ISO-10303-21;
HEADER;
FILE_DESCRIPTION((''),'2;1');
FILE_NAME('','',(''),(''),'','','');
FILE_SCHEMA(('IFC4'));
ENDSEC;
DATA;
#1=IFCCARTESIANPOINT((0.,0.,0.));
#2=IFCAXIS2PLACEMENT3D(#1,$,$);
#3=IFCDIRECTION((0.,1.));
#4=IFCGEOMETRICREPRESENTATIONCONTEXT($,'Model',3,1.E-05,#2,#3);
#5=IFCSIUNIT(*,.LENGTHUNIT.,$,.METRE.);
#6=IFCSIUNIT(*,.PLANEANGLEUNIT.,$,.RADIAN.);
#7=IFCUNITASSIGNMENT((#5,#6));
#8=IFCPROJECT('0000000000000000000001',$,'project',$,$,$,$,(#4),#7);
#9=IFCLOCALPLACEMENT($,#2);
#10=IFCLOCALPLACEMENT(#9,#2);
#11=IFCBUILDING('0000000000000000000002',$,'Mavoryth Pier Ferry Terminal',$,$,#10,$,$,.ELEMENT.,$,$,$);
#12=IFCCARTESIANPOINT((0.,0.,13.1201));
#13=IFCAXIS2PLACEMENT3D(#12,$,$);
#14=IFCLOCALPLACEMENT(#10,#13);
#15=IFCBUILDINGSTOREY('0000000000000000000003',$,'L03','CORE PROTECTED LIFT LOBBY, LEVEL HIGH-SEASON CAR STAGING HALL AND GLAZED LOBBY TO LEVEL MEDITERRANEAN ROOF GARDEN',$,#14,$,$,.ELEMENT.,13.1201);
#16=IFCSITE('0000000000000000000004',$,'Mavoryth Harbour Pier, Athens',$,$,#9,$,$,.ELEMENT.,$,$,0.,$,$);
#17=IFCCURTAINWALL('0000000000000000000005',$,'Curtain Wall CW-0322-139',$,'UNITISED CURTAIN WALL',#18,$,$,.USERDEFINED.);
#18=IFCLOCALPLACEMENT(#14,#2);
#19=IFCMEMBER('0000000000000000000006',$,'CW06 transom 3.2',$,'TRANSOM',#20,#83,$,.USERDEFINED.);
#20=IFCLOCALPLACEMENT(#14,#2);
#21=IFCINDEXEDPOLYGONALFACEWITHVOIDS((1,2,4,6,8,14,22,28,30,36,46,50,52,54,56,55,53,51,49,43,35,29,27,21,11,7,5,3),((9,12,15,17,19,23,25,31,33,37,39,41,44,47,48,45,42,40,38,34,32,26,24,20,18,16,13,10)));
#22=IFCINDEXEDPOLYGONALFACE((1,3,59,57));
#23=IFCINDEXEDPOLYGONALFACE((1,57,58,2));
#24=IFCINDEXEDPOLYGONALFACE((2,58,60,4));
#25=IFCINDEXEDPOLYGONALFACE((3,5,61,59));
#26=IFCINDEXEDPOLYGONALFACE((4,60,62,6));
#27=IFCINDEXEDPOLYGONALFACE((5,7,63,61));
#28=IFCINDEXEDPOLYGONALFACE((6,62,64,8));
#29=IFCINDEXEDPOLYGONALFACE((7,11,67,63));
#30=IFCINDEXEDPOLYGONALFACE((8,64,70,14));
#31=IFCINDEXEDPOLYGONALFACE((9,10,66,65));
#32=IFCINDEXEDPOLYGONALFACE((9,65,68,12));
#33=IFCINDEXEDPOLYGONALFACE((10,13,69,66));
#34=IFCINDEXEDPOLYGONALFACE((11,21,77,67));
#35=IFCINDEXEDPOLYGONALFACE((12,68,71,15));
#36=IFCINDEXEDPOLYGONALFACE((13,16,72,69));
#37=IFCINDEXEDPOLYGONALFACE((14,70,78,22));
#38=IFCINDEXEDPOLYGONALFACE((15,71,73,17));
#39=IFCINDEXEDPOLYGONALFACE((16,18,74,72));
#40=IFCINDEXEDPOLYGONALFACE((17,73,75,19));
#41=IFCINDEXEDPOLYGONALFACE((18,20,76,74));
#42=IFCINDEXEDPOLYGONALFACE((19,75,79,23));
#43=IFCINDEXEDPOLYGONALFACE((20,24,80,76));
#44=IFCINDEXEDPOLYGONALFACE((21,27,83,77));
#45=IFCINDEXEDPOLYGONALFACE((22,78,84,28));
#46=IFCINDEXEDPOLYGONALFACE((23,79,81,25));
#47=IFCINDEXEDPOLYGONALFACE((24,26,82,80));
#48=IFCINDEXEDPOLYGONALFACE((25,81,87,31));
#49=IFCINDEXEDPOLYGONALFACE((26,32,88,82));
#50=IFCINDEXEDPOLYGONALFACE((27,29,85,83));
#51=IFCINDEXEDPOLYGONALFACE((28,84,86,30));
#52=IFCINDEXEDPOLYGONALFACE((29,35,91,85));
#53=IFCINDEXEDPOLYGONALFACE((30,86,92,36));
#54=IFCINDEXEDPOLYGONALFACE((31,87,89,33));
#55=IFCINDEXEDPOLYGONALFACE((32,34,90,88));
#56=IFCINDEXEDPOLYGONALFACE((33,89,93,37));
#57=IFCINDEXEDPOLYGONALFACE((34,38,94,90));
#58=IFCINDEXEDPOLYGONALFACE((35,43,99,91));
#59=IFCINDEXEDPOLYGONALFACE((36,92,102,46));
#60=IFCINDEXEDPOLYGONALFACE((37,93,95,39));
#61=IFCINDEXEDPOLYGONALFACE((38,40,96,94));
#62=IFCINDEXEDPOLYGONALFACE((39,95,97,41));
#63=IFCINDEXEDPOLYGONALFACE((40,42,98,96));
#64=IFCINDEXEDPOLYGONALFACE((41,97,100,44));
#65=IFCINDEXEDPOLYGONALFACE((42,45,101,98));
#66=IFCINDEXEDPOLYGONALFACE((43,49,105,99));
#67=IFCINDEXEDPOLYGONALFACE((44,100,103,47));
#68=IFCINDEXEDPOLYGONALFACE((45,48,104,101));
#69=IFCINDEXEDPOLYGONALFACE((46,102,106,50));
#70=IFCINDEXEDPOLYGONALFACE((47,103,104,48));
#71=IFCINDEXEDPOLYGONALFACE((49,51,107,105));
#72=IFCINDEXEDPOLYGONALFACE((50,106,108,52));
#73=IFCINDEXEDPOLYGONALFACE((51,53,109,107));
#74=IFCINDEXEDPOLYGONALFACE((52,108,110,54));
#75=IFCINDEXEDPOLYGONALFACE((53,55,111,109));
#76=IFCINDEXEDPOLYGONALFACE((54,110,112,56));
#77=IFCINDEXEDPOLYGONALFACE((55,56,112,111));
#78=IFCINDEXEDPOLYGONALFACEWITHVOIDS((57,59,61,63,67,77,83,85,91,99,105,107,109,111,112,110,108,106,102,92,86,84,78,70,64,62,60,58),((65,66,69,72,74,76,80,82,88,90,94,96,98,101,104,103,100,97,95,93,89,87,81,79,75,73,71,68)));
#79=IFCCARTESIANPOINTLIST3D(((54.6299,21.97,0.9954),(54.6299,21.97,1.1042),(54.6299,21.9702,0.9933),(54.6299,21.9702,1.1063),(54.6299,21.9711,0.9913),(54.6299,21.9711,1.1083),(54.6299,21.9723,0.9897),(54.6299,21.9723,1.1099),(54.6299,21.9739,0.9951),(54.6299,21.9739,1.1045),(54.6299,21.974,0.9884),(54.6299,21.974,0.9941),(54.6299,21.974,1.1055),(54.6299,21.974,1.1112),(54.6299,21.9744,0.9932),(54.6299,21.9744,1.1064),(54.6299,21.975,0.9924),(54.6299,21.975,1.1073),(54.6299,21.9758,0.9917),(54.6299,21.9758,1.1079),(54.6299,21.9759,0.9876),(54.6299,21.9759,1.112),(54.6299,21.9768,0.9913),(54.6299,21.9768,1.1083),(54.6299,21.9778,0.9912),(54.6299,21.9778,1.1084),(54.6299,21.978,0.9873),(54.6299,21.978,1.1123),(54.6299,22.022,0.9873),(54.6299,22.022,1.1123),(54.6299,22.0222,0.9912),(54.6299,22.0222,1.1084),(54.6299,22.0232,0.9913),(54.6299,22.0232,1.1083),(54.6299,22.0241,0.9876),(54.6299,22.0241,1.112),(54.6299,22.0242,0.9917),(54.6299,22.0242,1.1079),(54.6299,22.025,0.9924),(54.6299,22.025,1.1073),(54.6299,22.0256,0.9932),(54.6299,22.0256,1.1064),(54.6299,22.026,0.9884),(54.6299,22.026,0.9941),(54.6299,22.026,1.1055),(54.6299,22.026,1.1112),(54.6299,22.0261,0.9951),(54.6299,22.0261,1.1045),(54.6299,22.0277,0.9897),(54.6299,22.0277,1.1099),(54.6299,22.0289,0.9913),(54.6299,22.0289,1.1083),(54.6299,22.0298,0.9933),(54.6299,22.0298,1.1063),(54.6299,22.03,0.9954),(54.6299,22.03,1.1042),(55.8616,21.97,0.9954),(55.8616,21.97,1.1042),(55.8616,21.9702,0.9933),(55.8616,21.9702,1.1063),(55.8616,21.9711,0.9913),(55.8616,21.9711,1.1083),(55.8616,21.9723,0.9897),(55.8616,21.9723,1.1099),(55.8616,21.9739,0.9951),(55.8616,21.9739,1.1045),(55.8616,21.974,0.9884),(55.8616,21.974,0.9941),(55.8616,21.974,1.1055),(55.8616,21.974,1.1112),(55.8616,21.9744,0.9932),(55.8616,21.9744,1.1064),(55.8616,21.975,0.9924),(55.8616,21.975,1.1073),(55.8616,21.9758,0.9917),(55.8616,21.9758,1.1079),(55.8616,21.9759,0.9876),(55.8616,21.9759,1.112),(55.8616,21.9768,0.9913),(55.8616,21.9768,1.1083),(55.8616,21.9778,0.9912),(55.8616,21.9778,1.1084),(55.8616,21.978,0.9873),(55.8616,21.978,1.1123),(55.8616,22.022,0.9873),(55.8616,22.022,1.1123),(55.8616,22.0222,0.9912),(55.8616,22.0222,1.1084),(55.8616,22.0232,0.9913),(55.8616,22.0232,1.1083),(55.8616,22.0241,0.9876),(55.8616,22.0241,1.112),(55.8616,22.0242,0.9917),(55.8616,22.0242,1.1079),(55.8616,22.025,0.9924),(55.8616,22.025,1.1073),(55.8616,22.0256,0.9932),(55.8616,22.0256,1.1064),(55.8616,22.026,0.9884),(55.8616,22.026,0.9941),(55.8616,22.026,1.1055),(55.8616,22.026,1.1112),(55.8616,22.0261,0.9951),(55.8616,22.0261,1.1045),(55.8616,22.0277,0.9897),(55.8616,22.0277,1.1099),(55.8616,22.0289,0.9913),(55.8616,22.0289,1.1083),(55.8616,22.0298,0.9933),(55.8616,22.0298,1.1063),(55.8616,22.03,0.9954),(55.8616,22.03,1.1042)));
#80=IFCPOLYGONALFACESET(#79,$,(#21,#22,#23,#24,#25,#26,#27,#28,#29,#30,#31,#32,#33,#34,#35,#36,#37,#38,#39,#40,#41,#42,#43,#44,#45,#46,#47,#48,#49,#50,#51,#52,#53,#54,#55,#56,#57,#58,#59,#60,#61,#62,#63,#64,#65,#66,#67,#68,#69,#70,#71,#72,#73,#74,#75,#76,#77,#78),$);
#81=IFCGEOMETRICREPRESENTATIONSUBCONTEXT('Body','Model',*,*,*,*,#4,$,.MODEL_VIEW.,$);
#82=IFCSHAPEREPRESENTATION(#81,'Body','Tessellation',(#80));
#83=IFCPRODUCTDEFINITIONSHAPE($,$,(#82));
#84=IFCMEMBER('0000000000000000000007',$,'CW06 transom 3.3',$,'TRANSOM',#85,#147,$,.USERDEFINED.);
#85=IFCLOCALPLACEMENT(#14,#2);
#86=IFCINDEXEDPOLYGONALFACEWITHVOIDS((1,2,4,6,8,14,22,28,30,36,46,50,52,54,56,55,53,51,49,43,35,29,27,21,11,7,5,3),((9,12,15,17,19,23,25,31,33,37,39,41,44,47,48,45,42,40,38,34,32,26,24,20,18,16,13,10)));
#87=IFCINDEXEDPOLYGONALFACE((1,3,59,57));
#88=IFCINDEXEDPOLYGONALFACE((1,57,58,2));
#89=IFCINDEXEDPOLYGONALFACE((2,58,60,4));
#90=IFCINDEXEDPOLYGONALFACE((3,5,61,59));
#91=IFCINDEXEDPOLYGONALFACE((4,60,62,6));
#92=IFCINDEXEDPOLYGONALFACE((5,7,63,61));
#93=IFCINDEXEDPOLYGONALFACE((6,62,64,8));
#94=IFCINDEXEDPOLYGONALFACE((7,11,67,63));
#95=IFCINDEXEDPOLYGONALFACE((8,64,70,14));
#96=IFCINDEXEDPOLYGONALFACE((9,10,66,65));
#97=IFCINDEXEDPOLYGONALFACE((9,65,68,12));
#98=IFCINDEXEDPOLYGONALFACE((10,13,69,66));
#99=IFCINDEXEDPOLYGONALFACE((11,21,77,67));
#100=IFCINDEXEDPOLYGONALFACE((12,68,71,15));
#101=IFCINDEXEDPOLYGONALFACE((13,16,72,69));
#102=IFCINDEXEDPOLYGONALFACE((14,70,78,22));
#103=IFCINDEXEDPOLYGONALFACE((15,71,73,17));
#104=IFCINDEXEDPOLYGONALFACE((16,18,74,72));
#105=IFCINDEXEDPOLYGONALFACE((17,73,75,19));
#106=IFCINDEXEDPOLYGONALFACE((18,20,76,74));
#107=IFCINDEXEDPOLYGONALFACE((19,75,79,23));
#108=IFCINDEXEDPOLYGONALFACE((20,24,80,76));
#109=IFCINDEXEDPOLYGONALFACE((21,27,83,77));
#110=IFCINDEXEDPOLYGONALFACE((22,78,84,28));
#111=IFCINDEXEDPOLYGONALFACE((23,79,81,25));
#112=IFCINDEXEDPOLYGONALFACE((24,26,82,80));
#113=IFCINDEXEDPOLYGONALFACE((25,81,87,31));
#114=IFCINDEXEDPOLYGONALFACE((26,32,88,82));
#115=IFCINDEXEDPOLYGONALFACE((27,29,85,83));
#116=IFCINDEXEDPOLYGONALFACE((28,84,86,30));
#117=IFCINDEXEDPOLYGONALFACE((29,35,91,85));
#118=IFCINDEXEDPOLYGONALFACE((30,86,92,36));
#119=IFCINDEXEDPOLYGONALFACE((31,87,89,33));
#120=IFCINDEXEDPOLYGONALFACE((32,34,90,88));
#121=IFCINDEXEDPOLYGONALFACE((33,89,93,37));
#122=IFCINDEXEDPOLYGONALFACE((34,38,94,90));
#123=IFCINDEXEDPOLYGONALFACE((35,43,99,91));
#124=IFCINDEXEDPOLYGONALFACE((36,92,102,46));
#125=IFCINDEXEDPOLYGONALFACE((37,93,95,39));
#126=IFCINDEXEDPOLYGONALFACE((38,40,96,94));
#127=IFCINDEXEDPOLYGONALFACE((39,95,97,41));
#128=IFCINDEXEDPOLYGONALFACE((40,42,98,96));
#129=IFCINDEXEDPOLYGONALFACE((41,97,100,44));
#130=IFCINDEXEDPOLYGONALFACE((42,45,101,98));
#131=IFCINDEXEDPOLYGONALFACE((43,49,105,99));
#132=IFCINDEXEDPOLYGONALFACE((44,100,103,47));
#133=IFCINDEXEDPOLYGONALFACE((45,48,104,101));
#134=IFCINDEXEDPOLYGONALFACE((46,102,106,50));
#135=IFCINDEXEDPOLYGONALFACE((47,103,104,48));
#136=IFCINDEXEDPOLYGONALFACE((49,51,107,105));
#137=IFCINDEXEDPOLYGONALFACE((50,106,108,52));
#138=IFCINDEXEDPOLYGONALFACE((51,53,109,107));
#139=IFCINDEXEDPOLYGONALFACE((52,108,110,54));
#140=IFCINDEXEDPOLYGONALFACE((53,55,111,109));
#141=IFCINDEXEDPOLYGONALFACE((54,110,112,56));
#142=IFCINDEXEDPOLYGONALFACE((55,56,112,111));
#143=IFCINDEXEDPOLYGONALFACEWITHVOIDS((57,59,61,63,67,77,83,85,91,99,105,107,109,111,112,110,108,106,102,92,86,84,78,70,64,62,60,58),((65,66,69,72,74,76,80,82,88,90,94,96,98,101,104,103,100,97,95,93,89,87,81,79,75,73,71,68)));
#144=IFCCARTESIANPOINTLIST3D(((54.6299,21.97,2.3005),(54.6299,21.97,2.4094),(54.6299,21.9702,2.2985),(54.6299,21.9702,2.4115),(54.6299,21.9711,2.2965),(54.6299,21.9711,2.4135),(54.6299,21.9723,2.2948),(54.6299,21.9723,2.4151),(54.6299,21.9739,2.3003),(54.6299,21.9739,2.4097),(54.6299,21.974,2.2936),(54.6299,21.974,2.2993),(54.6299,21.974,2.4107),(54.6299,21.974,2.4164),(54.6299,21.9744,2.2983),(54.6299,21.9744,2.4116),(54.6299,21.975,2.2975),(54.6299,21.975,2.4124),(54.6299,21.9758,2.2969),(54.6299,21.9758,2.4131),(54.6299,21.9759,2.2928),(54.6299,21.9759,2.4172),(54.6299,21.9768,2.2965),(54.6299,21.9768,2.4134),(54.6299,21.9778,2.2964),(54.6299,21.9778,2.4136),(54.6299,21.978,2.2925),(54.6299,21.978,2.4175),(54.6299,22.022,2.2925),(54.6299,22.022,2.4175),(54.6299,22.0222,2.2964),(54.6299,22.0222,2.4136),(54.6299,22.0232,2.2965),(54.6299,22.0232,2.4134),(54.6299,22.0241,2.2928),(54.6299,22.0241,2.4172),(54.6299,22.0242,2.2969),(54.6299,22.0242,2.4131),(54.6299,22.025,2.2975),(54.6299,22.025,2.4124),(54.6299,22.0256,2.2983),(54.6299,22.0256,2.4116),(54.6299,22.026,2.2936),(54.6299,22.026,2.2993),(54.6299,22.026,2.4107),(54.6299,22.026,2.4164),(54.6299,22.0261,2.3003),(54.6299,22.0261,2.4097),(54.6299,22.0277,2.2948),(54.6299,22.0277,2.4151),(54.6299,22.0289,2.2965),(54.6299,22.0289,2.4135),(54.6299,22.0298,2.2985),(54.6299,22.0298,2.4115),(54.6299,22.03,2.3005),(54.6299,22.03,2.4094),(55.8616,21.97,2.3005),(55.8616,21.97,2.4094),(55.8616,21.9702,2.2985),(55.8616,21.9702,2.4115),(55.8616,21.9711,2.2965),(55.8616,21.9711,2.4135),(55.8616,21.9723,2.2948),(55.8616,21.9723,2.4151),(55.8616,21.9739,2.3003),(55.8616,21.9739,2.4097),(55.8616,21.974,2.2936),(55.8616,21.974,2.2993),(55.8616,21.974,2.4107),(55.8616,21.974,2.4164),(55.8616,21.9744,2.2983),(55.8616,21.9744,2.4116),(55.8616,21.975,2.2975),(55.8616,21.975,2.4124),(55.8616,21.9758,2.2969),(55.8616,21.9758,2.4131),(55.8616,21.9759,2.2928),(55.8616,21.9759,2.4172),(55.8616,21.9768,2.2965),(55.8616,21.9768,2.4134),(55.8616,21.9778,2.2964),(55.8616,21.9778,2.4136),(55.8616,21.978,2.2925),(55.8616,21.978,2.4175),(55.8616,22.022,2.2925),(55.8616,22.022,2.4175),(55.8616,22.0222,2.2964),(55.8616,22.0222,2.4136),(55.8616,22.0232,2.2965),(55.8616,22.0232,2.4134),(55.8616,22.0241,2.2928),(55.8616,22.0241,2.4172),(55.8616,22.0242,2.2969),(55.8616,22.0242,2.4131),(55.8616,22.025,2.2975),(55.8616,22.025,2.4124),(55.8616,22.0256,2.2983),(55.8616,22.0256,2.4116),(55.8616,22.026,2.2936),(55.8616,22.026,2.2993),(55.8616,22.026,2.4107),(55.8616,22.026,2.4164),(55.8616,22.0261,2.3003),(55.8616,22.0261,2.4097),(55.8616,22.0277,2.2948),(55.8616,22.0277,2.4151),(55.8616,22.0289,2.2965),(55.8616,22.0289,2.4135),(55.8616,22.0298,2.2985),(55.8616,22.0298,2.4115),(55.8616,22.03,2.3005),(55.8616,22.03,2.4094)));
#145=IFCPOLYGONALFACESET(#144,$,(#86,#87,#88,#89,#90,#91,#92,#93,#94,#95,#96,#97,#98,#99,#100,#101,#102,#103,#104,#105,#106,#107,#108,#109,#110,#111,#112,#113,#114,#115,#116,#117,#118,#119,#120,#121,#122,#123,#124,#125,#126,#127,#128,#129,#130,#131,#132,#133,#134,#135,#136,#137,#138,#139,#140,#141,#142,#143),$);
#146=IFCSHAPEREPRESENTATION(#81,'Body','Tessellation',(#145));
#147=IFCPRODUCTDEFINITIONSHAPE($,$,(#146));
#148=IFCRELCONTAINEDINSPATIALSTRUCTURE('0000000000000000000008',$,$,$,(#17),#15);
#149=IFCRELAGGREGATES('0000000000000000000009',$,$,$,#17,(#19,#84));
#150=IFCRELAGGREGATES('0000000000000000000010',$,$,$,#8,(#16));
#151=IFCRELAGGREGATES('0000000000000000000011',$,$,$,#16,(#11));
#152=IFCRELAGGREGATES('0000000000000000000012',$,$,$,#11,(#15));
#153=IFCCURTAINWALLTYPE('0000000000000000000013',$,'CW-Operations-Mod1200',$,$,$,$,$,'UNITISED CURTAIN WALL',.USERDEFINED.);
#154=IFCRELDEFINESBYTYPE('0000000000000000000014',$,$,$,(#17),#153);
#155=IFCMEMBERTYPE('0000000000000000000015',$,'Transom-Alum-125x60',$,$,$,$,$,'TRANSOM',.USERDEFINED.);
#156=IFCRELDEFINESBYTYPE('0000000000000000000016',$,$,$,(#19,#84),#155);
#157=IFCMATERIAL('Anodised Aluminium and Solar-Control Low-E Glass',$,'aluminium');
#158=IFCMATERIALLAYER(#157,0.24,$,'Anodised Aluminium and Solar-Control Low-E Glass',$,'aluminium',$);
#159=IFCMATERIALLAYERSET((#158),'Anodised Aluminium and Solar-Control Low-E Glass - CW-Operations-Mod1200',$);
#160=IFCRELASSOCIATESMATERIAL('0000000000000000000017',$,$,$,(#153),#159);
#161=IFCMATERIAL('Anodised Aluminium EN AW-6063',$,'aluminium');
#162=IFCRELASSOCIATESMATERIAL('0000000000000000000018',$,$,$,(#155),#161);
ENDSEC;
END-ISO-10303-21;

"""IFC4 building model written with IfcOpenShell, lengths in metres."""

from ifc_helpers import new_model, si_unit, direction, frame, origin, origin_2d, place, context, subcontext, project, spatial, hollow_rectangle, extrude, material, layer, layer_set, material_profile, profile_set, type_object, element, aggregate, save


model = new_model("IFC4")

# Units and contexts
model_context = context("Model", 3, precision=1e-05, world=origin(), true_north=direction((0.0, 1.0)))
body_context = subcontext(model_context, "Body", "Model", "MODEL_VIEW")
ifc_project = project(units=[si_unit("LENGTHUNIT", "METRE"), si_unit("PLANEANGLEUNIT", "RADIAN")], contexts=[model_context])

# Site, building, storey
site_placement = place(None, origin())
site = spatial("IfcSite", under=ifc_project, at=site_placement, Name="Mavoryth Harbour Pier, Athens", CompositionType="ELEMENT", RefElevation=0.0)
building_placement = place(site_placement, origin())
building = spatial("IfcBuilding", under=site, at=building_placement, Name="Mavoryth Pier Ferry Terminal", CompositionType="ELEMENT")
storey_placement = place(building_placement, frame((0.0, 0.0, 13.1201)))
storey = spatial("IfcBuildingStorey", under=building, at=storey_placement, Name="L03", Description="CORE PROTECTED LIFT LOBBY, LEVEL HIGH-SEASON CAR STAGING HALL AND GLAZED LOBBY TO LEVEL MEDITERRANEAN ROOF GARDEN", CompositionType="ELEMENT", Elevation=13.1201)

# Curtain wall
ifc_material_1 = material(Name="Anodised Aluminium and Solar-Control Low-E Glass", Category="aluminium")
ifc_layer_1 = layer(ifc_material_1, 0.24, Name="Anodised Aluminium and Solar-Control Low-E Glass", Category="aluminium")
ifc_layer_set_1 = layer_set([ifc_layer_1], Name="Anodised Aluminium and Solar-Control Low-E Glass - CW-Operations-Mod1200")
curtain_wall_type = type_object("IfcCurtainWallType", Name="CW-Operations-Mod1200", ElementType="UNITISED CURTAIN WALL", PredefinedType="USERDEFINED", material=ifc_layer_set_1)
curtain_wall_placement = place(storey_placement, origin())
curtain_wall = element("IfcCurtainWall", 1, at=curtain_wall_placement, inside=storey, type_object=curtain_wall_type, Name="Curtain Wall CW-0322-139", ObjectType="UNITISED CURTAIN WALL", PredefinedType="USERDEFINED")
ifc_material_2 = material(Name="Anodised Aluminium EN AW-6063", Category="aluminium")

# Members
ifc_material_profile_1 = material_profile(ifc_material_2, hollow_rectangle(XDim=0.0601, YDim=0.125, WallThickness=0.0039, InnerFilletRadius=0.0039, OuterFilletRadius=0.0081, at=origin_2d()), Name="AL-TRAN 125x60x4", Category="aluminium")
ifc_profile_set_1 = profile_set([ifc_material_profile_1], Name="Anodised Aluminium EN AW-6063 - AL-TRAN 125x60x4")
member_type_1 = type_object("IfcMemberType", Name="Transom-Alum-125x60", ElementType="TRANSOM", PredefinedType="USERDEFINED", material=ifc_profile_set_1)
member_1_placement = place(storey_placement, frame((55.8616, 22.0, 1.0498), z_axis=(-1.0, 0.0, 0.0), x_axis=(0.0, -1.0, 0.0)))
member_1 = element("IfcMember", 2, at=member_1_placement, type_object=member_type_1, Name="CW06 transom 3.2", ObjectType="TRANSOM", PredefinedType="USERDEFINED", context=body_context, shape_type="SweptSolid", body=[
    extrude(hollow_rectangle(XDim=0.0601, YDim=0.125, WallThickness=0.0039, InnerFilletRadius=0.0039, OuterFilletRadius=0.0081, at=origin_2d()), origin(), (0.0, 0.0, 1.0), 1.2317),
])
member_2_placement = place(storey_placement, frame((55.8616, 22.0, 2.355), z_axis=(-1.0, 0.0, 0.0), x_axis=(0.0, -1.0, 0.0)))
member_2 = element("IfcMember", 3, at=member_2_placement, type_object=member_type_1, Name="CW06 transom 3.3", ObjectType="TRANSOM", PredefinedType="USERDEFINED", context=body_context, shape_type="SweptSolid", body=[
    extrude(hollow_rectangle(XDim=0.0601, YDim=0.125, WallThickness=0.0039, InnerFilletRadius=0.0039, OuterFilletRadius=0.0081, at=origin_2d()), origin(), (0.0, 0.0, 1.0), 1.2317),
])

aggregate(curtain_wall, [member_1, member_2])

save(model, "model.ifc")
